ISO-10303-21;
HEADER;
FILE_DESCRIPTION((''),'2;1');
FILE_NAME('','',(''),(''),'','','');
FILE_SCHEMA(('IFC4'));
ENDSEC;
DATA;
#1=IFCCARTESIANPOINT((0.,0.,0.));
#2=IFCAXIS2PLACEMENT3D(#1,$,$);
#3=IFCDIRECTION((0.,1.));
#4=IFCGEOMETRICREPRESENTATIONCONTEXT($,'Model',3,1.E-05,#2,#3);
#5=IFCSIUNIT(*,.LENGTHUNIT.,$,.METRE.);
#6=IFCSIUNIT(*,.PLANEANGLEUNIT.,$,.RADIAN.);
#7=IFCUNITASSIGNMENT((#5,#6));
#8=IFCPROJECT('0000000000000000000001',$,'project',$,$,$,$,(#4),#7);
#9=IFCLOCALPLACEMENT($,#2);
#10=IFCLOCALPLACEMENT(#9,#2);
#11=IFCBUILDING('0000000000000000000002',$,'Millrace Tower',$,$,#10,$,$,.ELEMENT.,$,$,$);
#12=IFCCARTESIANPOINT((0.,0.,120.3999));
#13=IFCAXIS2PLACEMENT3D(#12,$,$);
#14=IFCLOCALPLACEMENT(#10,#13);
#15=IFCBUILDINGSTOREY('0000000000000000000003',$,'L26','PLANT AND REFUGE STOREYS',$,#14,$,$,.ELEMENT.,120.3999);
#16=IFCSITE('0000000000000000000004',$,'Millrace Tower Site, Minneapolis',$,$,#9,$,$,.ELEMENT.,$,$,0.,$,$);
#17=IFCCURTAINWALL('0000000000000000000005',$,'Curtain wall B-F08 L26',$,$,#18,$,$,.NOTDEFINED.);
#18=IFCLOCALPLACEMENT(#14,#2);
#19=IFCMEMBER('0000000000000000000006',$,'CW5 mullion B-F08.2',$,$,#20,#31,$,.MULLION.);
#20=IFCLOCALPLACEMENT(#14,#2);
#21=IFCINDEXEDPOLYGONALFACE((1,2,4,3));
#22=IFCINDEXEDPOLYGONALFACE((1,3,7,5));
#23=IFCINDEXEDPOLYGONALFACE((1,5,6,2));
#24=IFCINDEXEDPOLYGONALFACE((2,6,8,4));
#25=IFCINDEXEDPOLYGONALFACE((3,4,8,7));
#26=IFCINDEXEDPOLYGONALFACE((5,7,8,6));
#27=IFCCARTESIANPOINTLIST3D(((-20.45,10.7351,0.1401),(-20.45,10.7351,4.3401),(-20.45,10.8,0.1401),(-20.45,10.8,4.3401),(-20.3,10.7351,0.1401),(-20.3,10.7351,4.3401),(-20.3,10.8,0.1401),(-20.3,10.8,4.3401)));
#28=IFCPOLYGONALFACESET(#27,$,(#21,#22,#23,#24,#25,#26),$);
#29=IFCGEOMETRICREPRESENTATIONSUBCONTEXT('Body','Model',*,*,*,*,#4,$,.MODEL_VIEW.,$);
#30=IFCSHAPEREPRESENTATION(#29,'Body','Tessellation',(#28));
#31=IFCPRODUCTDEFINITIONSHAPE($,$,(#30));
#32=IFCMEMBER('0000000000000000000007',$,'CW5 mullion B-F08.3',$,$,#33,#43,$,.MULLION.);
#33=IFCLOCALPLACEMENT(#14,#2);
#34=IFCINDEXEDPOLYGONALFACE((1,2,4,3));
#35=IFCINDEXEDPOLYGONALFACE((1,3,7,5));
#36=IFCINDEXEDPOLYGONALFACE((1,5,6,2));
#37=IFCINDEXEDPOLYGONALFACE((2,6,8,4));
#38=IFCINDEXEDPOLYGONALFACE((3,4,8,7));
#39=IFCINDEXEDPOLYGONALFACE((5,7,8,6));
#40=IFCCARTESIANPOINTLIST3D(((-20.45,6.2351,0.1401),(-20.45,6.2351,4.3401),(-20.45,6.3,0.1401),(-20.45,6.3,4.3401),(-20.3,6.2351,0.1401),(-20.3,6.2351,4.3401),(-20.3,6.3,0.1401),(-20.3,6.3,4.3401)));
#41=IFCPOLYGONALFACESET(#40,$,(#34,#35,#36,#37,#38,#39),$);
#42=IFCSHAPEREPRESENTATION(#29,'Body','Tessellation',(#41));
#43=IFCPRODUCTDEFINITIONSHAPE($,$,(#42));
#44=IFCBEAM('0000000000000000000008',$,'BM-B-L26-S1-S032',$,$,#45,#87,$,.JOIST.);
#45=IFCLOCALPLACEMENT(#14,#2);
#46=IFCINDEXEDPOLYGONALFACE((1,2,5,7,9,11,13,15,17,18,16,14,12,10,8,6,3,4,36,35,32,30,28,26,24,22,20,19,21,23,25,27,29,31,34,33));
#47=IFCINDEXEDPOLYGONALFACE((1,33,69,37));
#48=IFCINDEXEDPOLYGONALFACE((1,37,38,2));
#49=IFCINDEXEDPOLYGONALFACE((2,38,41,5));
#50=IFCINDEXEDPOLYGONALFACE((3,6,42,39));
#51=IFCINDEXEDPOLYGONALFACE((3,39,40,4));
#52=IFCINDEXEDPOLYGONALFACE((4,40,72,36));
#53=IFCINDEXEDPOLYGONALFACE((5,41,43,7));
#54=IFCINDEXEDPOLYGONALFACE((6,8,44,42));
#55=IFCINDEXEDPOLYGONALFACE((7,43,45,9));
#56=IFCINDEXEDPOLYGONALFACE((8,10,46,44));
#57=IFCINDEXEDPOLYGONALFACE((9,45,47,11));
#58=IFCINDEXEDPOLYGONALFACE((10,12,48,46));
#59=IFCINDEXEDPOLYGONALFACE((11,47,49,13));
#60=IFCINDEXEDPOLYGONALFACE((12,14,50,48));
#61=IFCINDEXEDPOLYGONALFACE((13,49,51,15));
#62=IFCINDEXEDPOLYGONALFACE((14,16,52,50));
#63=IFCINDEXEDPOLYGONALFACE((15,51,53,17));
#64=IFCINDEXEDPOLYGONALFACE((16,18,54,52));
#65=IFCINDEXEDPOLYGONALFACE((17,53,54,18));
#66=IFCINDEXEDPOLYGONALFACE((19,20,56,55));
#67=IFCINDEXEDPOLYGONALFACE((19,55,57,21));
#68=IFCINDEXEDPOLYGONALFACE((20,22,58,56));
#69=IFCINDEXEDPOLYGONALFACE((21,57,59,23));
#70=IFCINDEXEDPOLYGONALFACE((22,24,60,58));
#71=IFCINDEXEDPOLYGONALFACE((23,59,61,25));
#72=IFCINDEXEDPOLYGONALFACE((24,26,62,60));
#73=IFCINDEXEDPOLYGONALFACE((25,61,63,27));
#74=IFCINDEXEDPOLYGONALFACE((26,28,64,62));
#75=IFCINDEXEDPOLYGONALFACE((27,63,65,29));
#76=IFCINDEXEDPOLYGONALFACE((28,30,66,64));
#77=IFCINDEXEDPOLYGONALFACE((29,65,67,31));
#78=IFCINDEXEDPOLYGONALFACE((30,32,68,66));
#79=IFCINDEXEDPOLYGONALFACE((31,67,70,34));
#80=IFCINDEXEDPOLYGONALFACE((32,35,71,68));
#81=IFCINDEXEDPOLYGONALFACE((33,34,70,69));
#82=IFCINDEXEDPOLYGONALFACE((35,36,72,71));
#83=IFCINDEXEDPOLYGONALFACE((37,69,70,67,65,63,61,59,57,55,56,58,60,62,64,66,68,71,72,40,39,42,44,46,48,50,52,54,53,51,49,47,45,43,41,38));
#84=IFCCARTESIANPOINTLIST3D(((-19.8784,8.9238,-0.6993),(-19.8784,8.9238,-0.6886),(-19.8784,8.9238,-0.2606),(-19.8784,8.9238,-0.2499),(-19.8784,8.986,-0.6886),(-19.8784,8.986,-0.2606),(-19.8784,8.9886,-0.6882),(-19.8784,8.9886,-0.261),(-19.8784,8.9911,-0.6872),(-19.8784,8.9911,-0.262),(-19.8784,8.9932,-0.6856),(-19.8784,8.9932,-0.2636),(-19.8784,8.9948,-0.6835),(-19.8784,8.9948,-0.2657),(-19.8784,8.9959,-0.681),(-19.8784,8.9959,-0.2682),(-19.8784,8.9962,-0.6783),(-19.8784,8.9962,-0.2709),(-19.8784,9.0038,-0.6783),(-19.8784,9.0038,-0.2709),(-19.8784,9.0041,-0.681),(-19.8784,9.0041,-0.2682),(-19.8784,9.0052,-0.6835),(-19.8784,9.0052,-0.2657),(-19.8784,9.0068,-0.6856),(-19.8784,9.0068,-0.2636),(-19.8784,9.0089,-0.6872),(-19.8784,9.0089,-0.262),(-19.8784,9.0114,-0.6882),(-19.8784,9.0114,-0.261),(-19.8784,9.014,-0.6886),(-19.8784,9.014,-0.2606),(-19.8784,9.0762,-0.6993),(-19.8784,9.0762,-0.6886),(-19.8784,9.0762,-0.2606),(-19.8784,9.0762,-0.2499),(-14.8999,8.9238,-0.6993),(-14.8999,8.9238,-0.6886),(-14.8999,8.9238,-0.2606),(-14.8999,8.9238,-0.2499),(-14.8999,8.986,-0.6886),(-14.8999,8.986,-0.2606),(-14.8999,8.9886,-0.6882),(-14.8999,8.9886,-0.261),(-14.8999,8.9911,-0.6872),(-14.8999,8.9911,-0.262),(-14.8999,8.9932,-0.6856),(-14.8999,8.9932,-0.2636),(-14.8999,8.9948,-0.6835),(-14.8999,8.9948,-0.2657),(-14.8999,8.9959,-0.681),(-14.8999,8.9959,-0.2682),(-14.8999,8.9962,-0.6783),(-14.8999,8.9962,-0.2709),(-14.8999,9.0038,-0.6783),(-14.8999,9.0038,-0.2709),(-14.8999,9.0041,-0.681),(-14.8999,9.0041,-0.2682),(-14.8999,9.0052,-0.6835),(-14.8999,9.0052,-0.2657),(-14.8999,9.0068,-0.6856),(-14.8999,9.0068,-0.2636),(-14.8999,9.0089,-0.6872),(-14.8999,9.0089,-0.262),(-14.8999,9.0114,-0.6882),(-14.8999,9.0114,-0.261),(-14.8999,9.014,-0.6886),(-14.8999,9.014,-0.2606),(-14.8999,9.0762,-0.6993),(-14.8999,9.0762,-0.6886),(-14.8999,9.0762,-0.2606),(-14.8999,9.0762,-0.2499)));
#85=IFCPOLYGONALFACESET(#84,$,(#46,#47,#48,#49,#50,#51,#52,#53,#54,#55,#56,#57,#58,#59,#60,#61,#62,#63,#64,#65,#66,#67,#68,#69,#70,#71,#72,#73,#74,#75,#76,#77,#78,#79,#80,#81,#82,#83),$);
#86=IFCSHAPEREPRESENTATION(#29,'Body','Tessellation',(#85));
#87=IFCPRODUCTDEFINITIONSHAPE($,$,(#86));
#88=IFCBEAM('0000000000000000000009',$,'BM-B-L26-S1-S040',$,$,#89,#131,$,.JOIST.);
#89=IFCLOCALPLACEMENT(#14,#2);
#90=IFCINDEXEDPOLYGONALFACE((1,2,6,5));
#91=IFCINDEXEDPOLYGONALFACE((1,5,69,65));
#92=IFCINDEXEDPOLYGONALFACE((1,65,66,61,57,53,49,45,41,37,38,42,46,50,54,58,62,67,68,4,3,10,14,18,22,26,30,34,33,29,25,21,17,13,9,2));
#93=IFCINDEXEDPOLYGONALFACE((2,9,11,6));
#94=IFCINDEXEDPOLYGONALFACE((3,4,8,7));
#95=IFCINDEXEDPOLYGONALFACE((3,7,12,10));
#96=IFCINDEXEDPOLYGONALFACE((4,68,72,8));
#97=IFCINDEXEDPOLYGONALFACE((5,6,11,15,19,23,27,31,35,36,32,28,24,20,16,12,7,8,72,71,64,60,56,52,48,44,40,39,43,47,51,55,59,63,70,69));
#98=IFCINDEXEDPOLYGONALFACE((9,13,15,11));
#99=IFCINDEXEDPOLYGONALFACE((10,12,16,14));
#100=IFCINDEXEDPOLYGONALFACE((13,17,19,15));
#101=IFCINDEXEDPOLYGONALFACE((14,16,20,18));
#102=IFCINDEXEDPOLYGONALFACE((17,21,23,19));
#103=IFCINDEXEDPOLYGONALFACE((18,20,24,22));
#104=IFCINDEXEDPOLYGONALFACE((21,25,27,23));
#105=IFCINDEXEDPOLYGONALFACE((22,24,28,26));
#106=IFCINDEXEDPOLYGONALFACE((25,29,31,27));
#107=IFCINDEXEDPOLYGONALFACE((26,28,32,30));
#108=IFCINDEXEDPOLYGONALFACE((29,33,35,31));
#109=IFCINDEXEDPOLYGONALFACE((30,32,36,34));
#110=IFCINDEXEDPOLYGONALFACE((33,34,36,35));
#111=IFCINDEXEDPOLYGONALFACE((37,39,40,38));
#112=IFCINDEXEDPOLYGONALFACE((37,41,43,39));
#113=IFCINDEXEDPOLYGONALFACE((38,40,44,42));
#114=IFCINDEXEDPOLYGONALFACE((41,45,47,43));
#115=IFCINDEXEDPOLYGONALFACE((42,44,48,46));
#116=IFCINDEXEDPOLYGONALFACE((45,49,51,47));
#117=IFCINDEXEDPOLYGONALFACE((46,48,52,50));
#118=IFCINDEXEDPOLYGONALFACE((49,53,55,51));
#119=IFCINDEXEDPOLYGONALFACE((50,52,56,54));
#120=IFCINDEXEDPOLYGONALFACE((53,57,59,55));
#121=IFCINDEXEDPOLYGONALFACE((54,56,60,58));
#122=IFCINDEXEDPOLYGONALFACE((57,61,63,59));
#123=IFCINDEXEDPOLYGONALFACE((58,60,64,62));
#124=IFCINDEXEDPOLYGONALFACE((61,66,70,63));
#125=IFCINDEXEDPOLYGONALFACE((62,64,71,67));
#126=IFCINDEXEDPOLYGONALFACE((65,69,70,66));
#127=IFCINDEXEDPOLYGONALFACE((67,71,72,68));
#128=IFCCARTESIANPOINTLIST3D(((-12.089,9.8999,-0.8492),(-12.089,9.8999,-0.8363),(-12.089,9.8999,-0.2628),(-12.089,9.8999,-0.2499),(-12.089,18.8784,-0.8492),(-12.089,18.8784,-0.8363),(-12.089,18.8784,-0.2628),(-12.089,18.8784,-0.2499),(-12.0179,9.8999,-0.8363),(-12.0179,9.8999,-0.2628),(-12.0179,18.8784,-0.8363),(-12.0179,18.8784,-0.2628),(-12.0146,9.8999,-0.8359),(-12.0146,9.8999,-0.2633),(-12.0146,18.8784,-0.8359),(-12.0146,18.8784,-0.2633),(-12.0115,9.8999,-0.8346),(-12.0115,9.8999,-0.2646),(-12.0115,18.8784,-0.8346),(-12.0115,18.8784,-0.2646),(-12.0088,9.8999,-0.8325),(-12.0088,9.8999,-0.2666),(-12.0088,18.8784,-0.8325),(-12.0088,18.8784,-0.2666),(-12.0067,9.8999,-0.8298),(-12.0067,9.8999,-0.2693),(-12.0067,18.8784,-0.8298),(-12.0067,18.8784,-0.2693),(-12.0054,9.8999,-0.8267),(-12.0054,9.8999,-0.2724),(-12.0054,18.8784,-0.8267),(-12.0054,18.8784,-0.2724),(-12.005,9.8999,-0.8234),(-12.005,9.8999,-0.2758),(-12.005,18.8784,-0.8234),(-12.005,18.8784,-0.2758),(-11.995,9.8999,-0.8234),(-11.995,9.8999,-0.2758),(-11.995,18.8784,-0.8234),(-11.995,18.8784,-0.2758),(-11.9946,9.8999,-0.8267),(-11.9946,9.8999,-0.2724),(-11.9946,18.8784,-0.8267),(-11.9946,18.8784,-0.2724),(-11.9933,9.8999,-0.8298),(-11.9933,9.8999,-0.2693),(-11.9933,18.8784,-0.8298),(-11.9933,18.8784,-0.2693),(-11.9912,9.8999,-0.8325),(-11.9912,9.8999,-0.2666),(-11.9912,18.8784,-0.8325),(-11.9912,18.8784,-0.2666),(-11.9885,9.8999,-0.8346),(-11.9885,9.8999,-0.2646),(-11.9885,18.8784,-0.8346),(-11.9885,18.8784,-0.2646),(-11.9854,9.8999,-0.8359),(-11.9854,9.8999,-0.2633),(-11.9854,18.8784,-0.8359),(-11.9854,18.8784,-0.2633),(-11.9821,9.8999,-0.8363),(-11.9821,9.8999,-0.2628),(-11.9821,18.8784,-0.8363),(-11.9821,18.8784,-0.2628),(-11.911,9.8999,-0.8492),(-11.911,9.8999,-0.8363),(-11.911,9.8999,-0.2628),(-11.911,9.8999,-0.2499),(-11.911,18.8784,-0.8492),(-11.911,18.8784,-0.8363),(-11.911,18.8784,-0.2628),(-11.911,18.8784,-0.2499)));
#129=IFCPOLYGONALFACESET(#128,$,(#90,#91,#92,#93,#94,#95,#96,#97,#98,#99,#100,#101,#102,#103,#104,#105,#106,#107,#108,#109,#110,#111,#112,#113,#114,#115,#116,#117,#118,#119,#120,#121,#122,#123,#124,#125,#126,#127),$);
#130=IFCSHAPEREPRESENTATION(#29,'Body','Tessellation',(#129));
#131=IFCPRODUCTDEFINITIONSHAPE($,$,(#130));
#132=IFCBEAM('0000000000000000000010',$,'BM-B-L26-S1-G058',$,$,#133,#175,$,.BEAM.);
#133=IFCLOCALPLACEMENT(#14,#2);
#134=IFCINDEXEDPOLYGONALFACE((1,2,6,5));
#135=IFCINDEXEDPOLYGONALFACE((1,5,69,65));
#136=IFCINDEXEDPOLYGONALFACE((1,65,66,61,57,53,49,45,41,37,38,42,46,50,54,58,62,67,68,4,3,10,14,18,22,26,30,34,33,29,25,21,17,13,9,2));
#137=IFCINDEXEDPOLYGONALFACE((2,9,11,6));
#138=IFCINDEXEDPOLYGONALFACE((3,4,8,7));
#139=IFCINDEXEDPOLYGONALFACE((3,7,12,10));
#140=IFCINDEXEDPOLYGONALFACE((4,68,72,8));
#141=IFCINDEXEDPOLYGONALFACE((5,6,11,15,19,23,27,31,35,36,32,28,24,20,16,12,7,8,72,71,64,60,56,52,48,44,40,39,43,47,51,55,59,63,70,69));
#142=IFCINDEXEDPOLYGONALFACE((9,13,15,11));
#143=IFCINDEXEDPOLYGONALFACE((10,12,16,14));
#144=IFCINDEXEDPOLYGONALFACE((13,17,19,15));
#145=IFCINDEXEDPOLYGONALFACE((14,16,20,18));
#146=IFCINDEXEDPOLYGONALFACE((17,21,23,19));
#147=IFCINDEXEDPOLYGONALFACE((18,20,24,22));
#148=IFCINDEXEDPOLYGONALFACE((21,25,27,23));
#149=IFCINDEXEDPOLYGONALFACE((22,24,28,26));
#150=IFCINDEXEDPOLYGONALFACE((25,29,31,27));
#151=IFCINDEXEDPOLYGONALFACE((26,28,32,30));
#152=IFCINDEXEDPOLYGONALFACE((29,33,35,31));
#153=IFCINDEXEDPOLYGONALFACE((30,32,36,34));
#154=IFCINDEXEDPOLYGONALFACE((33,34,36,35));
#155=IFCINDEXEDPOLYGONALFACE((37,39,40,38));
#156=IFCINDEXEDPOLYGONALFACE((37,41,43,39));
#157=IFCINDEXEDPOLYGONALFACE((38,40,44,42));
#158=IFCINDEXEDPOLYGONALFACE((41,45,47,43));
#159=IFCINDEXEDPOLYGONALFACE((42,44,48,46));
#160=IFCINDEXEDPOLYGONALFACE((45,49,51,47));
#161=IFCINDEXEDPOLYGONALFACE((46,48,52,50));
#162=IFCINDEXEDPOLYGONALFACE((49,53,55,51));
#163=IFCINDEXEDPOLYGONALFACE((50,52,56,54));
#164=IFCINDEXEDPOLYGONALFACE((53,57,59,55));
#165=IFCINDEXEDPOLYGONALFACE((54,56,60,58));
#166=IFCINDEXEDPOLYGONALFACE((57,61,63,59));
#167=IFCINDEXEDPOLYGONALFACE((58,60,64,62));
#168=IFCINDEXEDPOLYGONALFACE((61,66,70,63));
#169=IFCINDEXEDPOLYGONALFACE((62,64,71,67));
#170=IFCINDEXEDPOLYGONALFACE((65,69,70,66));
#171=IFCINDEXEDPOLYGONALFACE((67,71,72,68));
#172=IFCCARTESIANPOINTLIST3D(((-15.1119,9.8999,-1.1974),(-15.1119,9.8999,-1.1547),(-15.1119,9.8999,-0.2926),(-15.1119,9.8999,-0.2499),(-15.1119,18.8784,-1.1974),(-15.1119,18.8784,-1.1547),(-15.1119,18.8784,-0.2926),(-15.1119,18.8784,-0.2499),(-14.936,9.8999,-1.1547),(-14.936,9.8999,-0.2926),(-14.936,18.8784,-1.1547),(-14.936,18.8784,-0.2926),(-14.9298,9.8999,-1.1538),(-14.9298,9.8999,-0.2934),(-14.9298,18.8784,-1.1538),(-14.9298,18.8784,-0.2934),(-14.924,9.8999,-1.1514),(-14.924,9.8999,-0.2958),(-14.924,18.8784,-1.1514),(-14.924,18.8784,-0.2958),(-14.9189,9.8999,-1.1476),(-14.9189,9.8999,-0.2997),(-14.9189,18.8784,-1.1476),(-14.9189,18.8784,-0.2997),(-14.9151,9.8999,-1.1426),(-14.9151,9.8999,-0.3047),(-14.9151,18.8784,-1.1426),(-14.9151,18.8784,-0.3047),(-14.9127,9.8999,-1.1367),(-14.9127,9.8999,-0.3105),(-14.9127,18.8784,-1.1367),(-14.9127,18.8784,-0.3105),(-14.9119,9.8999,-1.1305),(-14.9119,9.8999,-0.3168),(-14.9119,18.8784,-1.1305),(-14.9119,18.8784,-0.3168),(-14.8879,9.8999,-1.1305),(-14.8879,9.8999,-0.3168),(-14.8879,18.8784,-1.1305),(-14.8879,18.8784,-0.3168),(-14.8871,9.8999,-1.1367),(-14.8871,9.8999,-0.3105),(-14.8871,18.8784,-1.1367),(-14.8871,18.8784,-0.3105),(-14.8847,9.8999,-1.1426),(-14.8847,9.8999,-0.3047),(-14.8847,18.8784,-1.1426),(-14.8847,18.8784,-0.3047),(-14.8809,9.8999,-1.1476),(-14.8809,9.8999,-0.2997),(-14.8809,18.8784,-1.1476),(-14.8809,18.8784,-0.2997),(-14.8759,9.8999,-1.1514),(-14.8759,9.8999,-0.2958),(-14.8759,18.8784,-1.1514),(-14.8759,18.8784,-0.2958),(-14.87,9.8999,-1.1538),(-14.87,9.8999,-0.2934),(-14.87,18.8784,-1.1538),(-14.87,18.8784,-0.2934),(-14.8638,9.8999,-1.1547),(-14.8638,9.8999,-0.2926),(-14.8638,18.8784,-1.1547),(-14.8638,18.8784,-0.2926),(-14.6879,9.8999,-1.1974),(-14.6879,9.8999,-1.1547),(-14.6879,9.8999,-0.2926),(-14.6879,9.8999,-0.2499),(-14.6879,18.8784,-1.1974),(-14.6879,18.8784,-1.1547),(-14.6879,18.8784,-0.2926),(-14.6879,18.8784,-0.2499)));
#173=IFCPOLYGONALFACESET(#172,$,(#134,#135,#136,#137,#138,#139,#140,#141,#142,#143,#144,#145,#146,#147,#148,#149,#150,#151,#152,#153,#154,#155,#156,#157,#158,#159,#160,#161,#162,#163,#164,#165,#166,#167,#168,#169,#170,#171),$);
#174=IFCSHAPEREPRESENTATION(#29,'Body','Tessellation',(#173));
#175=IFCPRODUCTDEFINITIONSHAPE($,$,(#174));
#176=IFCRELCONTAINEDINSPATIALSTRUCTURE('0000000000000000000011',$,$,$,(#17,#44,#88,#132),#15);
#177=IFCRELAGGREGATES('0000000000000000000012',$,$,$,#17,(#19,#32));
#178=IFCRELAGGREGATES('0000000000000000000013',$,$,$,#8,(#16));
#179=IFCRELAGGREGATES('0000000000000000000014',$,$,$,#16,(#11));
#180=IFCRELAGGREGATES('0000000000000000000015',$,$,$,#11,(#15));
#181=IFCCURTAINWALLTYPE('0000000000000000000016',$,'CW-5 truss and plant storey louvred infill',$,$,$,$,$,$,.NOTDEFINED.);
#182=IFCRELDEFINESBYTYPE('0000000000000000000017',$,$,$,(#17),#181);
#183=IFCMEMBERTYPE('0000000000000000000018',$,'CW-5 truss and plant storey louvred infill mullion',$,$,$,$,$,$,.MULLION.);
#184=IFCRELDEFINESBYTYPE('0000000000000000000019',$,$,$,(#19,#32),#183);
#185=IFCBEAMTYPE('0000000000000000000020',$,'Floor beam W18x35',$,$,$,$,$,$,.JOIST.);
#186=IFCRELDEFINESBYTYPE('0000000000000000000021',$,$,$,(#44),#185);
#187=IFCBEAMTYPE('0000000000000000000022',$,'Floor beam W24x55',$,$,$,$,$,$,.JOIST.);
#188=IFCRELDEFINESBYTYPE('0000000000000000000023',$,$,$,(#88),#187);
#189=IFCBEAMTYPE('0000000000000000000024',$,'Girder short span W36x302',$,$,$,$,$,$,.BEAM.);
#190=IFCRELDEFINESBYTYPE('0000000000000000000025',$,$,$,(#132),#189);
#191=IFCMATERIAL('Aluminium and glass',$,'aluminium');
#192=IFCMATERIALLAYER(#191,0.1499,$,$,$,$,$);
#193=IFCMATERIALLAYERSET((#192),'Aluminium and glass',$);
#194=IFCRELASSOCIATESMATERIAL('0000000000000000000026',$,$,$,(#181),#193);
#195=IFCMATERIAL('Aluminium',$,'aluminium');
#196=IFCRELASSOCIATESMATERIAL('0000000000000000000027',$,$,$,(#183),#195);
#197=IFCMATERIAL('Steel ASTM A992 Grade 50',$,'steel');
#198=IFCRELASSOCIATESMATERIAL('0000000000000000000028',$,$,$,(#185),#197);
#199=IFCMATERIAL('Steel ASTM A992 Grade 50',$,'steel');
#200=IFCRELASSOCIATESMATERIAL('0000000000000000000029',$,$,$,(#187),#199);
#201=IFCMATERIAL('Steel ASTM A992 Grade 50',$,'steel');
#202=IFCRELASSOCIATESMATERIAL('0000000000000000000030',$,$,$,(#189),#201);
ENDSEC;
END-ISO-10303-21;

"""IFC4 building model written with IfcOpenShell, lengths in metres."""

from ifc_helpers import new_model, si_unit, direction, frame, origin, origin_2d, place, context, subcontext, project, spatial, rectangle, i_section, extrude, material, layer, layer_set, material_profile, profile_set, type_object, element, aggregate, save


model = new_model("IFC4")

# Units and contexts
model_context = context("Model", 3, precision=1e-05, world=origin(), true_north=direction((0.0, 1.0)))
body_context = subcontext(model_context, "Body", "Model", "MODEL_VIEW")
ifc_project = project(units=[si_unit("LENGTHUNIT", "METRE"), si_unit("PLANEANGLEUNIT", "RADIAN")], contexts=[model_context])

# Site, building, storey
site_placement = place(None, origin())
site = spatial("IfcSite", under=ifc_project, at=site_placement, Name="Millrace Tower Site, Minneapolis", CompositionType="ELEMENT", RefElevation=0.0)
building_placement = place(site_placement, origin())
building = spatial("IfcBuilding", under=site, at=building_placement, Name="Millrace Tower", CompositionType="ELEMENT")
storey_placement = place(building_placement, frame((0.0, 0.0, 120.3999)))
storey = spatial("IfcBuildingStorey", under=building, at=storey_placement, Name="L26", Description="PLANT AND REFUGE STOREYS", CompositionType="ELEMENT", Elevation=120.3999)

# Curtain wall, members
ifc_material_1 = material(Name="Aluminium and glass", Category="aluminium")
ifc_layer_1 = layer(ifc_material_1, 0.1499)
ifc_layer_set_1 = layer_set([ifc_layer_1], Name="Aluminium and glass")
curtain_wall_type = type_object("IfcCurtainWallType", Name="CW-5 truss and plant storey louvred infill", PredefinedType="NOTDEFINED", material=ifc_layer_set_1)
curtain_wall_placement = place(storey_placement, origin())
curtain_wall = element("IfcCurtainWall", 1, at=curtain_wall_placement, inside=storey, type_object=curtain_wall_type, Name="Curtain wall B-F08 L26", PredefinedType="NOTDEFINED")
ifc_material_2 = material(Name="Aluminium", Category="aluminium")
ifc_material_profile_1 = material_profile(ifc_material_2, rectangle(XDim=0.0649, YDim=0.1499, at=origin_2d()))
ifc_profile_set_1 = profile_set([ifc_material_profile_1], Name="Aluminium")
member_type_1 = type_object("IfcMemberType", Name="CW-5 truss and plant storey louvred infill mullion", PredefinedType="MULLION", material=ifc_profile_set_1)
member_1_placement = place(storey_placement, frame((-20.375, 10.7676, 0.1401), z_axis=(0.0, 0.0, 1.0), x_axis=(0.0, -1.0, 0.0)))
member_1 = element("IfcMember", 2, at=member_1_placement, type_object=member_type_1, Name="CW5 mullion B-F08.2", PredefinedType="MULLION", context=body_context, shape_type="SweptSolid", body=[
    extrude(rectangle(XDim=0.0649, YDim=0.1499, at=origin_2d()), origin(), (0.0, 0.0, 1.0), 4.2),
])
member_2_placement = place(storey_placement, frame((-20.375, 6.2676, 0.1401), z_axis=(0.0, 0.0, 1.0), x_axis=(0.0, -1.0, 0.0)))
member_2 = element("IfcMember", 3, at=member_2_placement, type_object=member_type_1, Name="CW5 mullion B-F08.3", PredefinedType="MULLION", context=body_context, shape_type="SweptSolid", body=[
    extrude(rectangle(XDim=0.0649, YDim=0.1499, at=origin_2d()), origin(), (0.0, 0.0, 1.0), 4.2),
])
aggregate(curtain_wall, [member_1, member_2])

# Beams
ifc_material_3 = material(Name="Steel ASTM A992 Grade 50", Category="steel")
ifc_material_profile_2 = material_profile(ifc_material_3, i_section(OverallWidth=0.1523, OverallDepth=0.4495, WebThickness=0.0076, FlangeThickness=0.0107, FilletRadius=0.0103, at=origin_2d()))
ifc_profile_set_2 = profile_set([ifc_material_profile_2], Name="Steel ASTM A992 Grade 50")
beam_type_1 = type_object("IfcBeamType", Name="Floor beam W18x35", PredefinedType="JOIST", material=ifc_profile_set_2)
beam_1_placement = place(storey_placement, frame((-19.8784, 9.0, -0.4746), z_axis=(1.0, 0.0, 0.0), x_axis=(0.0, 1.0, 0.0)))
element("IfcBeam", 4, at=beam_1_placement, inside=storey, type_object=beam_type_1, Name="BM-B-L26-S1-S032", PredefinedType="JOIST", context=body_context, shape_type="SweptSolid", body=[
    extrude(i_section(OverallWidth=0.1523, OverallDepth=0.4495, WebThickness=0.0076, FlangeThickness=0.0107, FilletRadius=0.0103, at=origin_2d()), origin(), (0.0, 0.0, 1.0), 4.9785),
])
ifc_material_4 = material(Name="Steel ASTM A992 Grade 50", Category="steel")
ifc_material_profile_3 = material_profile(ifc_material_4, i_section(OverallWidth=0.178, OverallDepth=0.5994, WebThickness=0.01, FlangeThickness=0.0129, FilletRadius=0.0129, at=origin_2d()))
ifc_profile_set_3 = profile_set([ifc_material_profile_3], Name="Steel ASTM A992 Grade 50")
beam_type_2 = type_object("IfcBeamType", Name="Floor beam W24x55", PredefinedType="JOIST", material=ifc_profile_set_3)
beam_2_placement = place(storey_placement, frame((-12.0, 9.8999, -0.5496), z_axis=(0.0, 1.0, 0.0), x_axis=(-1.0, 0.0, 0.0)))
element("IfcBeam", 5, at=beam_2_placement, inside=storey, type_object=beam_type_2, Name="BM-B-L26-S1-S040", PredefinedType="JOIST", context=body_context, shape_type="SweptSolid", body=[
    extrude(i_section(OverallWidth=0.178, OverallDepth=0.5994, WebThickness=0.01, FlangeThickness=0.0129, FilletRadius=0.0129, at=origin_2d()), origin(), (0.0, 0.0, 1.0), 8.9785),
])
ifc_material_5 = material(Name="Steel ASTM A992 Grade 50", Category="steel")
ifc_material_profile_4 = material_profile(ifc_material_5, i_section(OverallWidth=0.4241, OverallDepth=0.9475, WebThickness=0.0239, FlangeThickness=0.0427, FilletRadius=0.0242, at=origin_2d()))
ifc_profile_set_4 = profile_set([ifc_material_profile_4], Name="Steel ASTM A992 Grade 50")
beam_type_3 = type_object("IfcBeamType", Name="Girder short span W36x302", PredefinedType="BEAM", material=ifc_profile_set_4)
beam_3_placement = place(storey_placement, frame((-14.8999, 9.8999, -0.7236), z_axis=(0.0, 1.0, 0.0), x_axis=(-1.0, 0.0, 0.0)))
element("IfcBeam", 6, at=beam_3_placement, inside=storey, type_object=beam_type_3, Name="BM-B-L26-S1-G058", PredefinedType="BEAM", context=body_context, shape_type="SweptSolid", body=[
    extrude(i_section(OverallWidth=0.4241, OverallDepth=0.9475, WebThickness=0.0239, FlangeThickness=0.0427, FilletRadius=0.0242, at=origin_2d()), origin(), (0.0, 0.0, 1.0), 8.9785),
])

save(model, "model.ifc")
